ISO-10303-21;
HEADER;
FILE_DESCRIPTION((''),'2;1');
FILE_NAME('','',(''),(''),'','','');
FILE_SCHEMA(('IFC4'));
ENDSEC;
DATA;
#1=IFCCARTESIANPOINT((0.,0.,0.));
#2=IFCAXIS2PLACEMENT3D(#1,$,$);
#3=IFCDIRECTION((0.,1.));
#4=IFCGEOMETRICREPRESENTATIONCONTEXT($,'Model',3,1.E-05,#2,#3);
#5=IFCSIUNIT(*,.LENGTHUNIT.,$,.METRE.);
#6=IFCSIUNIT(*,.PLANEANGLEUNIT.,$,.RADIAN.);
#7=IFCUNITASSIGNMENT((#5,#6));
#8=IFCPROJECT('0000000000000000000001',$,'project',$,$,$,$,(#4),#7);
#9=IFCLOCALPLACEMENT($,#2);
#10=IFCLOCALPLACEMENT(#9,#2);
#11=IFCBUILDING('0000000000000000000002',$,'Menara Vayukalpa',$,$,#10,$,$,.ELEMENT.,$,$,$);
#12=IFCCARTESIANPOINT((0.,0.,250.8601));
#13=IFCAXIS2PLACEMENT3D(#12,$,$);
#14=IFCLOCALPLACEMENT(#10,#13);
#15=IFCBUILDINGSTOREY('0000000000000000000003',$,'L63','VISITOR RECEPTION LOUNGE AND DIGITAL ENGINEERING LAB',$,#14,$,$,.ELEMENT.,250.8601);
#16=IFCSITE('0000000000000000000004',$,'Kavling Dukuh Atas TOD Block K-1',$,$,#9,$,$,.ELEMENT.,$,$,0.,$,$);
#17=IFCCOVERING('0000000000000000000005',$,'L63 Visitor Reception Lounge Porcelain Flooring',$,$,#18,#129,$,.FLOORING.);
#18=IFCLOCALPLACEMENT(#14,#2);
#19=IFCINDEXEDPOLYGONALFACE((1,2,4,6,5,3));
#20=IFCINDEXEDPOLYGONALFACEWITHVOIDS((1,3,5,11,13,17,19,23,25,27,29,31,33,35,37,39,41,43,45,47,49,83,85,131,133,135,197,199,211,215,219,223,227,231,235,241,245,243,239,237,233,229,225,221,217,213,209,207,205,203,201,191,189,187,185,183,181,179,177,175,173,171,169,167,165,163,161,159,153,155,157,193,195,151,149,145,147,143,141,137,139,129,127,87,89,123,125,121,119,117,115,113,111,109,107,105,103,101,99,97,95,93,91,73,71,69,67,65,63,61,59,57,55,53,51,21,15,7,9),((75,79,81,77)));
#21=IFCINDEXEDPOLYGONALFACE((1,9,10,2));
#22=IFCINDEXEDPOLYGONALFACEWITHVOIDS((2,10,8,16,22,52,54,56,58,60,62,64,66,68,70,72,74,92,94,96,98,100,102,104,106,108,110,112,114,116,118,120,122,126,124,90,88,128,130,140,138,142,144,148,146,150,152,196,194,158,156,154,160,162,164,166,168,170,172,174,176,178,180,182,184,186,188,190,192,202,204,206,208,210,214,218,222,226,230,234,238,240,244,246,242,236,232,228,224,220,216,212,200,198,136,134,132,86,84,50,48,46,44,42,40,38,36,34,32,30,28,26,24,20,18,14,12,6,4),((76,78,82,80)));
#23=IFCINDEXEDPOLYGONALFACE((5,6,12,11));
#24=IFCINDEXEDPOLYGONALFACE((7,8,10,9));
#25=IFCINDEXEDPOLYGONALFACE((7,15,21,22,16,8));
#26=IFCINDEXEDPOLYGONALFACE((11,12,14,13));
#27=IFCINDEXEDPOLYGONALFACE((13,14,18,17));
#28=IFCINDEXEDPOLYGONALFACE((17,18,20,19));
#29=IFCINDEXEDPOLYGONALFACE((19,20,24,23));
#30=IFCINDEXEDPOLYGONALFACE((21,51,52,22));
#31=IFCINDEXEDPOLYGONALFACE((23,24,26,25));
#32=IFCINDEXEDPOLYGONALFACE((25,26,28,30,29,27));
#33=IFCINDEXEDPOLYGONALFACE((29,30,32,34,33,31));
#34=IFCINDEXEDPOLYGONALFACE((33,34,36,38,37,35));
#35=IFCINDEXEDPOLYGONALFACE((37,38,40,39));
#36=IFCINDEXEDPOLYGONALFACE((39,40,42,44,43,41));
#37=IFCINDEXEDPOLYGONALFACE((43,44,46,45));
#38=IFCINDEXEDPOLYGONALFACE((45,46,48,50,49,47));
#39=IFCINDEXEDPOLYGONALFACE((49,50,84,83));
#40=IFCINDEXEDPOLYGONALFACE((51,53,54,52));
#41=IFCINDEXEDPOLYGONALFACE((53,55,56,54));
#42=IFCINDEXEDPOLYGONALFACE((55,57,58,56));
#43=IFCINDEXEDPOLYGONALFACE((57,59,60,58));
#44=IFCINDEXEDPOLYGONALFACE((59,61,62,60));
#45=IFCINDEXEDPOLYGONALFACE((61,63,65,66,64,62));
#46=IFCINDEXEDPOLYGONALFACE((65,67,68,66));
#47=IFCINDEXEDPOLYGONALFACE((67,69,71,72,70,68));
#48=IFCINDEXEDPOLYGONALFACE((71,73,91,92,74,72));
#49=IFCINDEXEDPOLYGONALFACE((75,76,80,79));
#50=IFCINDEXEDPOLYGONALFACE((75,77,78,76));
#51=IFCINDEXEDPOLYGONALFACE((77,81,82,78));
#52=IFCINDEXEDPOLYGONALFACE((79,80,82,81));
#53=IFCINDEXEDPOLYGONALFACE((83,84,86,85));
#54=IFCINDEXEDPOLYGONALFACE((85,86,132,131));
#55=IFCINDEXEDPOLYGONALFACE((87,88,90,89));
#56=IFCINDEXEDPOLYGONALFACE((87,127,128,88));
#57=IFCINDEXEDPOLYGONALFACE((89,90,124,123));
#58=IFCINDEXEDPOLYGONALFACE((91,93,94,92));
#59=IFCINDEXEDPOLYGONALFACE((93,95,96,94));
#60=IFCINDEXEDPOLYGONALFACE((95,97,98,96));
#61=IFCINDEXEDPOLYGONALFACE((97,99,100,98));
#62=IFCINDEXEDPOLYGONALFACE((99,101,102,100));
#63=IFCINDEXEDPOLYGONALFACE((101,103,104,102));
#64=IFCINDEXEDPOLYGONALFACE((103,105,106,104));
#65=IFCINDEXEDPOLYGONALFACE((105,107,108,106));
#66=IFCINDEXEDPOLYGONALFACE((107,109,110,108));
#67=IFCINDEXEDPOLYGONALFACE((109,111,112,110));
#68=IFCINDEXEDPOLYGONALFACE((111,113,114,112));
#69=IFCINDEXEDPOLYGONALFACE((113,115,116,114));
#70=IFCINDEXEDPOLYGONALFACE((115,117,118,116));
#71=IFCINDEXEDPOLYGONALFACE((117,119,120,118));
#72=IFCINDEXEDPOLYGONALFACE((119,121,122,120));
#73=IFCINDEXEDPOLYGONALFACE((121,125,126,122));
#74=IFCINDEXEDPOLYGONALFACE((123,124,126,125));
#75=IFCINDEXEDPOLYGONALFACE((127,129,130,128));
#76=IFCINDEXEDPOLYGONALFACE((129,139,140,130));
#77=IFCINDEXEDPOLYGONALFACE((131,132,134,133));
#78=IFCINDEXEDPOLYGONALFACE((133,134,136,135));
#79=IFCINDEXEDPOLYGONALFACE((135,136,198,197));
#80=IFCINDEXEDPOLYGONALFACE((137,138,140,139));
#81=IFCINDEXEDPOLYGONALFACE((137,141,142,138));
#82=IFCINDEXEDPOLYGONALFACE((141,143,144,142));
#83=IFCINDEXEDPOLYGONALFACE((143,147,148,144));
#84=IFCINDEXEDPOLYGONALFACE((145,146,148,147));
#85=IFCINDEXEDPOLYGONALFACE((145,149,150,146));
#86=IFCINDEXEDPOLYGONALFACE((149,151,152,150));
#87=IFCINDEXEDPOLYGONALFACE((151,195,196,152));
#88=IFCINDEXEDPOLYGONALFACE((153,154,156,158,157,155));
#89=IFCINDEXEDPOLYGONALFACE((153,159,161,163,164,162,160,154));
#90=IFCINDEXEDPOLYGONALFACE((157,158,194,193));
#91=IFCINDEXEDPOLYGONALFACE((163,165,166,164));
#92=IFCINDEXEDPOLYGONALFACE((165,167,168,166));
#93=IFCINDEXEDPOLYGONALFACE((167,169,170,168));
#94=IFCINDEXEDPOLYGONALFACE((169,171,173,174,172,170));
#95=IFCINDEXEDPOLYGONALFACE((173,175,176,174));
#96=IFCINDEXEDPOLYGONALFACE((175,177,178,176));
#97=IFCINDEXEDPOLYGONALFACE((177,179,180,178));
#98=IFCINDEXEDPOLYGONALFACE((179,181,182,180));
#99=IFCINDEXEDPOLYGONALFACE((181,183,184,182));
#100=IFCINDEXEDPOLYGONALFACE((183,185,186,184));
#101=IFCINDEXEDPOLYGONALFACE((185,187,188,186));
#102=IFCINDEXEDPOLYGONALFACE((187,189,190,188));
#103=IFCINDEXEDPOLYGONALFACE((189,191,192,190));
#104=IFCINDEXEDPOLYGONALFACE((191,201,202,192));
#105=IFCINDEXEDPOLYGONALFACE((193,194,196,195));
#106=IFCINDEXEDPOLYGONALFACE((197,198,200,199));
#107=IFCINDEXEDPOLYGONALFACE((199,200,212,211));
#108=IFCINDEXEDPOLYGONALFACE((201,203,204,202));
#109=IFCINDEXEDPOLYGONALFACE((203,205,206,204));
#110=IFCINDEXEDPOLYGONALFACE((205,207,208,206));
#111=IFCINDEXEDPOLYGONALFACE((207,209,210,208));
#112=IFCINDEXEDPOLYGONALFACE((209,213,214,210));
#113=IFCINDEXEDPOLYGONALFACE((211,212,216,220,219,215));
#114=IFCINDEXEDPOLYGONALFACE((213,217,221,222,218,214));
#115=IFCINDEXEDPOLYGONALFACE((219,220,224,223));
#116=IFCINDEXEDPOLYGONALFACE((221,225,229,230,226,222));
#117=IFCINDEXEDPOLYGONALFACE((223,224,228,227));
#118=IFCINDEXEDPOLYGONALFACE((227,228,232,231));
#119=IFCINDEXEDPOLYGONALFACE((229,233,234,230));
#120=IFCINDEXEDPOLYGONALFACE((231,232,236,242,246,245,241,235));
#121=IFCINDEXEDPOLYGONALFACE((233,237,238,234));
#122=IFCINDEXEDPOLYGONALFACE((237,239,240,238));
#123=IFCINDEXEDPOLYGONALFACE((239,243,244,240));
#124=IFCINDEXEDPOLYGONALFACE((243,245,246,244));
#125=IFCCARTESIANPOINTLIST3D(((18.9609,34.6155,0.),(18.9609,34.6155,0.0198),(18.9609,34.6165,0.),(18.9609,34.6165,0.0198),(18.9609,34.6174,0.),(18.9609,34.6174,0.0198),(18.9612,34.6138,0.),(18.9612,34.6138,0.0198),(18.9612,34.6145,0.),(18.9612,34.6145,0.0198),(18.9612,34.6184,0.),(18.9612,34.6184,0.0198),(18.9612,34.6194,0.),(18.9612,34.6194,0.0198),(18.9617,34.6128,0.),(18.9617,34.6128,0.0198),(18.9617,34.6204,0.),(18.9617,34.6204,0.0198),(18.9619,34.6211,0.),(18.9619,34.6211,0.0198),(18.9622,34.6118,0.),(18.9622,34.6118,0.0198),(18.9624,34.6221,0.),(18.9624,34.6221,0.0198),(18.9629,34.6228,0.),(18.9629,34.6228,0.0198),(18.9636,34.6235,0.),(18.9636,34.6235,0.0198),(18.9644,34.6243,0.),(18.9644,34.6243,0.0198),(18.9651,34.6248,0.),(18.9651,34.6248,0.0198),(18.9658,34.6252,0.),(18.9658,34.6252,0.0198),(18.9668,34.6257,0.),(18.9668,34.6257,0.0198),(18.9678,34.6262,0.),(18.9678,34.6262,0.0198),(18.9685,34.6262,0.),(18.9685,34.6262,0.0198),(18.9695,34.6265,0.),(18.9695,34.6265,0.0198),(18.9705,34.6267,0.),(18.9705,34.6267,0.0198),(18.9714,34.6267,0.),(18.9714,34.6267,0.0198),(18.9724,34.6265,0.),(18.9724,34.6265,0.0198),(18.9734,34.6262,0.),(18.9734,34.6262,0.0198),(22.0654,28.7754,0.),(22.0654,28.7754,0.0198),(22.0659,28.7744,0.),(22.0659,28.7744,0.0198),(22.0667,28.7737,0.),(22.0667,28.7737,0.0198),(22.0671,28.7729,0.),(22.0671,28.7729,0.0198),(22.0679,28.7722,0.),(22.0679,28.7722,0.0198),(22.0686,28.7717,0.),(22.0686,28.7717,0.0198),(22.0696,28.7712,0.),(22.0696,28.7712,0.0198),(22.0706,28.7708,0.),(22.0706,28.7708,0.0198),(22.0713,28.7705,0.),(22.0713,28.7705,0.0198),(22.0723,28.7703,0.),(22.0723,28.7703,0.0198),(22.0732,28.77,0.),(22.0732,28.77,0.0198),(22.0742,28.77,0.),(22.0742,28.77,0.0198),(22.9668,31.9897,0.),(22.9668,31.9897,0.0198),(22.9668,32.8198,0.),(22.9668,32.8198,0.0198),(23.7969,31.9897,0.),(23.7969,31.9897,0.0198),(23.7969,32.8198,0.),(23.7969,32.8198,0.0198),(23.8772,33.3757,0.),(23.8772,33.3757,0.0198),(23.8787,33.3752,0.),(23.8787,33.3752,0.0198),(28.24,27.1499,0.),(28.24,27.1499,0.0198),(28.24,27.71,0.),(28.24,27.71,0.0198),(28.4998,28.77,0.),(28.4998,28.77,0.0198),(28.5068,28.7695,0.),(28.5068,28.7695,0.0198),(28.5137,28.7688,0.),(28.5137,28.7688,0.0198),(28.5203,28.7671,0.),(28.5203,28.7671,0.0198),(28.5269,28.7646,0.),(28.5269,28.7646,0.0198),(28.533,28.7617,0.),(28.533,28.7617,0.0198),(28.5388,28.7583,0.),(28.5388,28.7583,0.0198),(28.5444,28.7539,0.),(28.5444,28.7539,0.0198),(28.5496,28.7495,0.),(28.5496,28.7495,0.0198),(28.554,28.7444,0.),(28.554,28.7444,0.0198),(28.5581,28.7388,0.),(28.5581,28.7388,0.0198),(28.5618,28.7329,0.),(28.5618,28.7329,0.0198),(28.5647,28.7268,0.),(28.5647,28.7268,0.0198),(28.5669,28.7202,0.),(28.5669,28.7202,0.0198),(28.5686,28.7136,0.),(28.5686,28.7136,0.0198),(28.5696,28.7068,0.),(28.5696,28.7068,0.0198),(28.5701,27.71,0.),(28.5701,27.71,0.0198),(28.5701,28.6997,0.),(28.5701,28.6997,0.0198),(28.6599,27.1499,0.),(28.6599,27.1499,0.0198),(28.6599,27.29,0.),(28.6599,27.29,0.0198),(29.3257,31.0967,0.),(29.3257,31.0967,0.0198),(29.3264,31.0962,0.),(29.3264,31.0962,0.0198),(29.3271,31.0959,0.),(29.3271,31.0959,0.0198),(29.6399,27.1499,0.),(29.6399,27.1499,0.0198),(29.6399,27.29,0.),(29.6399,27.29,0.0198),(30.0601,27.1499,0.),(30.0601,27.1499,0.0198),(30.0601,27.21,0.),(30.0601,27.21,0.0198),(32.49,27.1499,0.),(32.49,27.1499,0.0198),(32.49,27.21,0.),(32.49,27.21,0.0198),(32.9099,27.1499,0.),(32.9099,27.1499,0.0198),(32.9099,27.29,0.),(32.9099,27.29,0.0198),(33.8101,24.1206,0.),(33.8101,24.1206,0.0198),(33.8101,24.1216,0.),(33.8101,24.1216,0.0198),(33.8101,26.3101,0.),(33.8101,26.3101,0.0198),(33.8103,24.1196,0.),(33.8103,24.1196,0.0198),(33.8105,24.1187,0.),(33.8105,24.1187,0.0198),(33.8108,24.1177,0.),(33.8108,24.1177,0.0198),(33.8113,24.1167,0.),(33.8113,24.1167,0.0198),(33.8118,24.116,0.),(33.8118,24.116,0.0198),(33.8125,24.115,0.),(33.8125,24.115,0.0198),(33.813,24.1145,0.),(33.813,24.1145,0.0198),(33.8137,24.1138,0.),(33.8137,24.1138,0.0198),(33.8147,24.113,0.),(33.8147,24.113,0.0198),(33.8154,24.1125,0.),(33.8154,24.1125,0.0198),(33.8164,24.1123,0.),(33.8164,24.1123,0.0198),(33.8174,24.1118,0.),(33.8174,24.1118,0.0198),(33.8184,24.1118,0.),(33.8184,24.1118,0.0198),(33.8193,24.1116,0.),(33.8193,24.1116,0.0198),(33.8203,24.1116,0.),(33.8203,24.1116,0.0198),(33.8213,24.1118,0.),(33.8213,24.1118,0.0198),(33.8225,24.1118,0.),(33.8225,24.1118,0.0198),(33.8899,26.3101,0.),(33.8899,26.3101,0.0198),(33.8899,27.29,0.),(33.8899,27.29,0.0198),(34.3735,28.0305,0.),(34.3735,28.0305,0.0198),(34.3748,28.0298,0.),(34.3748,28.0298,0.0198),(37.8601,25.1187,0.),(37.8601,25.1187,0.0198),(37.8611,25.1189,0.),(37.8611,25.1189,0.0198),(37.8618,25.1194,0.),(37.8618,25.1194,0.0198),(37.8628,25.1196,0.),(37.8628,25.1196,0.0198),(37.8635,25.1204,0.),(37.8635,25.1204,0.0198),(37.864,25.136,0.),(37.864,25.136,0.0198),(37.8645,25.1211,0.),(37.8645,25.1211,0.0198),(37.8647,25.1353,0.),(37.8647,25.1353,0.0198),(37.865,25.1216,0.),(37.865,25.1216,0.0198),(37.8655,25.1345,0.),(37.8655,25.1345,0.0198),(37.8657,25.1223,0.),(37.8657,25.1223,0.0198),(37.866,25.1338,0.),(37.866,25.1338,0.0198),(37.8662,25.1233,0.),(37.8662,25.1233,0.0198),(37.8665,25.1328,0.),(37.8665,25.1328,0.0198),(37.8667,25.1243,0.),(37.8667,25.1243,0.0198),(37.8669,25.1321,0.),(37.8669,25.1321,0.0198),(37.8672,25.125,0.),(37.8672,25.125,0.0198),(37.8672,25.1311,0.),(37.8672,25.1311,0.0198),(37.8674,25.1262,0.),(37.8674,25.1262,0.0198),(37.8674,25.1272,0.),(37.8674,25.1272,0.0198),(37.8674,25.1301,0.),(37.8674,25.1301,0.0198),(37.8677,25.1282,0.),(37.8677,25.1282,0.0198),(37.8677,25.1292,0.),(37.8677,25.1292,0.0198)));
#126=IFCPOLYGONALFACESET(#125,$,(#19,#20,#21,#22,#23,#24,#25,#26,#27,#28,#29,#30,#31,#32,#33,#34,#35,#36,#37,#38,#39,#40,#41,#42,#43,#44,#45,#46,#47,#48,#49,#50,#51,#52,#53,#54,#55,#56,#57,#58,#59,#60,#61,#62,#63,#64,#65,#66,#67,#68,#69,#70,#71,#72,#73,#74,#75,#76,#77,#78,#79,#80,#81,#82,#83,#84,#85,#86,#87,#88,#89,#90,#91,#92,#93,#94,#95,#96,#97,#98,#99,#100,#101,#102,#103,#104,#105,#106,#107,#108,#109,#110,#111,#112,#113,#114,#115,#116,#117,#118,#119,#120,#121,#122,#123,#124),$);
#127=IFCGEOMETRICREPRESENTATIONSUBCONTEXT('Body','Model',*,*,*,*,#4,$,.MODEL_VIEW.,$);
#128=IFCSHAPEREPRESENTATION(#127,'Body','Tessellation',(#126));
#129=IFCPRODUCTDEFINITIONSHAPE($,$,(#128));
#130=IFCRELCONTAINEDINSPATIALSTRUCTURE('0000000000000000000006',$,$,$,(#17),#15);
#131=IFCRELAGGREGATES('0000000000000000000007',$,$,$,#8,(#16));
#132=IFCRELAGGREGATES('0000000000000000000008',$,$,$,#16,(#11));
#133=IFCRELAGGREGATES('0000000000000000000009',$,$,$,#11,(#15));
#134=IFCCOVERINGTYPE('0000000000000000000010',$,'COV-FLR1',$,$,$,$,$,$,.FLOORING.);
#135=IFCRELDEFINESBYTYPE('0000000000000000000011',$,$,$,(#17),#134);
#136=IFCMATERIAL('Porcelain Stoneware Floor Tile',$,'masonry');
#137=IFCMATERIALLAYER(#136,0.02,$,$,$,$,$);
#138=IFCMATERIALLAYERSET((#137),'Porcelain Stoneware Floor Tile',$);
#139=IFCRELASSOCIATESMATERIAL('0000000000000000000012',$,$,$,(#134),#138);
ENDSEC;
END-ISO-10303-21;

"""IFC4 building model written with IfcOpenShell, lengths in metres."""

from ifc_helpers import new_model, si_unit, direction, frame, origin, place, context, subcontext, project, spatial, polyline, outline, extrude, material, layer, layer_set, type_object, element, save


model = new_model("IFC4")

# Units and contexts
model_context = context("Model", 3, precision=1e-05, world=origin(), true_north=direction((0.0, 1.0)))
body_context = subcontext(model_context, "Body", "Model", "MODEL_VIEW")
ifc_project = project(units=[si_unit("LENGTHUNIT", "METRE"), si_unit("PLANEANGLEUNIT", "RADIAN")], contexts=[model_context])

# Site, building, storey
site_placement = place(None, origin())
site = spatial("IfcSite", under=ifc_project, at=site_placement, Name="Kavling Dukuh Atas TOD Block K-1", CompositionType="ELEMENT", RefElevation=0.0)
building_placement = place(site_placement, origin())
building = spatial("IfcBuilding", under=site, at=building_placement, Name="Menara Vayukalpa", CompositionType="ELEMENT")
storey_placement = place(building_placement, frame((0.0, 0.0, 250.8601)))
storey = spatial("IfcBuildingStorey", under=building, at=storey_placement, Name="L63", Description="VISITOR RECEPTION LOUNGE AND DIGITAL ENGINEERING LAB", CompositionType="ELEMENT", Elevation=250.8601)

# Covering
ifc_material_1 = material(Name="Porcelain Stoneware Floor Tile", Category="masonry")
ifc_layer_1 = layer(ifc_material_1, 0.02)
ifc_layer_set_1 = layer_set([ifc_layer_1], Name="Porcelain Stoneware Floor Tile")
covering_type_1 = type_object("IfcCoveringType", Name="COV-FLR1", PredefinedType="FLOORING", material=ifc_layer_set_1)
covering_1_placement = place(storey_placement, origin())
element("IfcCovering", 1, at=covering_1_placement, inside=storey, type_object=covering_type_1, Name="L63 Visitor Reception Lounge Porcelain Flooring", PredefinedType="FLOORING", context=body_context, shape_type="SweptSolid", body=[
    extrude(outline(polyline([(29.6399, 27.1499), (29.6399, 27.29), (28.6599, 27.29), (28.6599, 27.1499), (28.24, 27.1499), (28.24, 27.71), (28.5701, 27.71), (28.5701, 28.6997), (28.5696, 28.7068), (28.5686, 28.7136), (28.5669, 28.7202), (28.5647, 28.7268), (28.5618, 28.7329), (28.5581, 28.7388), (28.554, 28.7444), (28.5496, 28.7495), (28.5444, 28.7539), (28.5388, 28.7583), (28.533, 28.7617), (28.5269, 28.7646), (28.5203, 28.7671), (28.5137, 28.7688), (28.5068, 28.7695), (28.4998, 28.77), (22.0742, 28.77), (22.0732, 28.77), (22.0723, 28.7703), (22.0713, 28.7705), (22.0706, 28.7708), (22.0696, 28.7712), (22.0686, 28.7717), (22.0679, 28.7722), (22.0671, 28.7729), (22.0667, 28.7737), (22.0659, 28.7744), (22.0654, 28.7754), (18.9622, 34.6118), (18.9617, 34.6128), (18.9612, 34.6138), (18.9612, 34.6145), (18.9609, 34.6155), (18.9609, 34.6165), (18.9609, 34.6174), (18.9612, 34.6184), (18.9612, 34.6194), (18.9617, 34.6204), (18.9619, 34.6211), (18.9624, 34.6221), (18.9629, 34.6228), (18.9636, 34.6235), (18.9644, 34.6243), (18.9651, 34.6248), (18.9658, 34.6252), (18.9668, 34.6257), (18.9678, 34.6262), (18.9685, 34.6262), (18.9695, 34.6265), (18.9705, 34.6267), (18.9714, 34.6267), (18.9724, 34.6265), (18.9734, 34.6262), (23.8772, 33.3757), (23.8787, 33.3752), (29.3257, 31.0967), (29.3264, 31.0962), (29.3271, 31.0959), (34.3735, 28.0305), (34.3748, 28.0298), (37.864, 25.136), (37.8647, 25.1353), (37.8655, 25.1345), (37.866, 25.1338), (37.8665, 25.1328), (37.8669, 25.1321), (37.8672, 25.1311), (37.8674, 25.1301), (37.8677, 25.1292), (37.8677, 25.1282), (37.8674, 25.1272), (37.8674, 25.1262), (37.8672, 25.125), (37.8667, 25.1243), (37.8662, 25.1233), (37.8657, 25.1223), (37.865, 25.1216), (37.8645, 25.1211), (37.8635, 25.1204), (37.8628, 25.1196), (37.8618, 25.1194), (37.8611, 25.1189), (37.8601, 25.1187), (33.8225, 24.1118), (33.8213, 24.1118), (33.8203, 24.1116), (33.8193, 24.1116), (33.8184, 24.1118), (33.8174, 24.1118), (33.8164, 24.1123), (33.8154, 24.1125), (33.8147, 24.113), (33.8137, 24.1138), (33.813, 24.1145), (33.8125, 24.115), (33.8118, 24.116), (33.8113, 24.1167), (33.8108, 24.1177), (33.8105, 24.1187), (33.8103, 24.1196), (33.8101, 24.1206), (33.8101, 24.1216), (33.8101, 26.3101), (33.8899, 26.3101), (33.8899, 27.29), (32.9099, 27.29), (32.9099, 27.1499), (32.49, 27.1499), (32.49, 27.21), (30.0601, 27.21), (30.0601, 27.1499), (29.6399, 27.1499)]), holes=[polyline([(23.7969, 32.8198), (22.9668, 32.8198), (22.9668, 31.9897), (23.7969, 31.9897), (23.7969, 32.8198)])]), origin(), (0.0, 0.0, 1.0), 0.0198),
])

save(model, "model.ifc")
